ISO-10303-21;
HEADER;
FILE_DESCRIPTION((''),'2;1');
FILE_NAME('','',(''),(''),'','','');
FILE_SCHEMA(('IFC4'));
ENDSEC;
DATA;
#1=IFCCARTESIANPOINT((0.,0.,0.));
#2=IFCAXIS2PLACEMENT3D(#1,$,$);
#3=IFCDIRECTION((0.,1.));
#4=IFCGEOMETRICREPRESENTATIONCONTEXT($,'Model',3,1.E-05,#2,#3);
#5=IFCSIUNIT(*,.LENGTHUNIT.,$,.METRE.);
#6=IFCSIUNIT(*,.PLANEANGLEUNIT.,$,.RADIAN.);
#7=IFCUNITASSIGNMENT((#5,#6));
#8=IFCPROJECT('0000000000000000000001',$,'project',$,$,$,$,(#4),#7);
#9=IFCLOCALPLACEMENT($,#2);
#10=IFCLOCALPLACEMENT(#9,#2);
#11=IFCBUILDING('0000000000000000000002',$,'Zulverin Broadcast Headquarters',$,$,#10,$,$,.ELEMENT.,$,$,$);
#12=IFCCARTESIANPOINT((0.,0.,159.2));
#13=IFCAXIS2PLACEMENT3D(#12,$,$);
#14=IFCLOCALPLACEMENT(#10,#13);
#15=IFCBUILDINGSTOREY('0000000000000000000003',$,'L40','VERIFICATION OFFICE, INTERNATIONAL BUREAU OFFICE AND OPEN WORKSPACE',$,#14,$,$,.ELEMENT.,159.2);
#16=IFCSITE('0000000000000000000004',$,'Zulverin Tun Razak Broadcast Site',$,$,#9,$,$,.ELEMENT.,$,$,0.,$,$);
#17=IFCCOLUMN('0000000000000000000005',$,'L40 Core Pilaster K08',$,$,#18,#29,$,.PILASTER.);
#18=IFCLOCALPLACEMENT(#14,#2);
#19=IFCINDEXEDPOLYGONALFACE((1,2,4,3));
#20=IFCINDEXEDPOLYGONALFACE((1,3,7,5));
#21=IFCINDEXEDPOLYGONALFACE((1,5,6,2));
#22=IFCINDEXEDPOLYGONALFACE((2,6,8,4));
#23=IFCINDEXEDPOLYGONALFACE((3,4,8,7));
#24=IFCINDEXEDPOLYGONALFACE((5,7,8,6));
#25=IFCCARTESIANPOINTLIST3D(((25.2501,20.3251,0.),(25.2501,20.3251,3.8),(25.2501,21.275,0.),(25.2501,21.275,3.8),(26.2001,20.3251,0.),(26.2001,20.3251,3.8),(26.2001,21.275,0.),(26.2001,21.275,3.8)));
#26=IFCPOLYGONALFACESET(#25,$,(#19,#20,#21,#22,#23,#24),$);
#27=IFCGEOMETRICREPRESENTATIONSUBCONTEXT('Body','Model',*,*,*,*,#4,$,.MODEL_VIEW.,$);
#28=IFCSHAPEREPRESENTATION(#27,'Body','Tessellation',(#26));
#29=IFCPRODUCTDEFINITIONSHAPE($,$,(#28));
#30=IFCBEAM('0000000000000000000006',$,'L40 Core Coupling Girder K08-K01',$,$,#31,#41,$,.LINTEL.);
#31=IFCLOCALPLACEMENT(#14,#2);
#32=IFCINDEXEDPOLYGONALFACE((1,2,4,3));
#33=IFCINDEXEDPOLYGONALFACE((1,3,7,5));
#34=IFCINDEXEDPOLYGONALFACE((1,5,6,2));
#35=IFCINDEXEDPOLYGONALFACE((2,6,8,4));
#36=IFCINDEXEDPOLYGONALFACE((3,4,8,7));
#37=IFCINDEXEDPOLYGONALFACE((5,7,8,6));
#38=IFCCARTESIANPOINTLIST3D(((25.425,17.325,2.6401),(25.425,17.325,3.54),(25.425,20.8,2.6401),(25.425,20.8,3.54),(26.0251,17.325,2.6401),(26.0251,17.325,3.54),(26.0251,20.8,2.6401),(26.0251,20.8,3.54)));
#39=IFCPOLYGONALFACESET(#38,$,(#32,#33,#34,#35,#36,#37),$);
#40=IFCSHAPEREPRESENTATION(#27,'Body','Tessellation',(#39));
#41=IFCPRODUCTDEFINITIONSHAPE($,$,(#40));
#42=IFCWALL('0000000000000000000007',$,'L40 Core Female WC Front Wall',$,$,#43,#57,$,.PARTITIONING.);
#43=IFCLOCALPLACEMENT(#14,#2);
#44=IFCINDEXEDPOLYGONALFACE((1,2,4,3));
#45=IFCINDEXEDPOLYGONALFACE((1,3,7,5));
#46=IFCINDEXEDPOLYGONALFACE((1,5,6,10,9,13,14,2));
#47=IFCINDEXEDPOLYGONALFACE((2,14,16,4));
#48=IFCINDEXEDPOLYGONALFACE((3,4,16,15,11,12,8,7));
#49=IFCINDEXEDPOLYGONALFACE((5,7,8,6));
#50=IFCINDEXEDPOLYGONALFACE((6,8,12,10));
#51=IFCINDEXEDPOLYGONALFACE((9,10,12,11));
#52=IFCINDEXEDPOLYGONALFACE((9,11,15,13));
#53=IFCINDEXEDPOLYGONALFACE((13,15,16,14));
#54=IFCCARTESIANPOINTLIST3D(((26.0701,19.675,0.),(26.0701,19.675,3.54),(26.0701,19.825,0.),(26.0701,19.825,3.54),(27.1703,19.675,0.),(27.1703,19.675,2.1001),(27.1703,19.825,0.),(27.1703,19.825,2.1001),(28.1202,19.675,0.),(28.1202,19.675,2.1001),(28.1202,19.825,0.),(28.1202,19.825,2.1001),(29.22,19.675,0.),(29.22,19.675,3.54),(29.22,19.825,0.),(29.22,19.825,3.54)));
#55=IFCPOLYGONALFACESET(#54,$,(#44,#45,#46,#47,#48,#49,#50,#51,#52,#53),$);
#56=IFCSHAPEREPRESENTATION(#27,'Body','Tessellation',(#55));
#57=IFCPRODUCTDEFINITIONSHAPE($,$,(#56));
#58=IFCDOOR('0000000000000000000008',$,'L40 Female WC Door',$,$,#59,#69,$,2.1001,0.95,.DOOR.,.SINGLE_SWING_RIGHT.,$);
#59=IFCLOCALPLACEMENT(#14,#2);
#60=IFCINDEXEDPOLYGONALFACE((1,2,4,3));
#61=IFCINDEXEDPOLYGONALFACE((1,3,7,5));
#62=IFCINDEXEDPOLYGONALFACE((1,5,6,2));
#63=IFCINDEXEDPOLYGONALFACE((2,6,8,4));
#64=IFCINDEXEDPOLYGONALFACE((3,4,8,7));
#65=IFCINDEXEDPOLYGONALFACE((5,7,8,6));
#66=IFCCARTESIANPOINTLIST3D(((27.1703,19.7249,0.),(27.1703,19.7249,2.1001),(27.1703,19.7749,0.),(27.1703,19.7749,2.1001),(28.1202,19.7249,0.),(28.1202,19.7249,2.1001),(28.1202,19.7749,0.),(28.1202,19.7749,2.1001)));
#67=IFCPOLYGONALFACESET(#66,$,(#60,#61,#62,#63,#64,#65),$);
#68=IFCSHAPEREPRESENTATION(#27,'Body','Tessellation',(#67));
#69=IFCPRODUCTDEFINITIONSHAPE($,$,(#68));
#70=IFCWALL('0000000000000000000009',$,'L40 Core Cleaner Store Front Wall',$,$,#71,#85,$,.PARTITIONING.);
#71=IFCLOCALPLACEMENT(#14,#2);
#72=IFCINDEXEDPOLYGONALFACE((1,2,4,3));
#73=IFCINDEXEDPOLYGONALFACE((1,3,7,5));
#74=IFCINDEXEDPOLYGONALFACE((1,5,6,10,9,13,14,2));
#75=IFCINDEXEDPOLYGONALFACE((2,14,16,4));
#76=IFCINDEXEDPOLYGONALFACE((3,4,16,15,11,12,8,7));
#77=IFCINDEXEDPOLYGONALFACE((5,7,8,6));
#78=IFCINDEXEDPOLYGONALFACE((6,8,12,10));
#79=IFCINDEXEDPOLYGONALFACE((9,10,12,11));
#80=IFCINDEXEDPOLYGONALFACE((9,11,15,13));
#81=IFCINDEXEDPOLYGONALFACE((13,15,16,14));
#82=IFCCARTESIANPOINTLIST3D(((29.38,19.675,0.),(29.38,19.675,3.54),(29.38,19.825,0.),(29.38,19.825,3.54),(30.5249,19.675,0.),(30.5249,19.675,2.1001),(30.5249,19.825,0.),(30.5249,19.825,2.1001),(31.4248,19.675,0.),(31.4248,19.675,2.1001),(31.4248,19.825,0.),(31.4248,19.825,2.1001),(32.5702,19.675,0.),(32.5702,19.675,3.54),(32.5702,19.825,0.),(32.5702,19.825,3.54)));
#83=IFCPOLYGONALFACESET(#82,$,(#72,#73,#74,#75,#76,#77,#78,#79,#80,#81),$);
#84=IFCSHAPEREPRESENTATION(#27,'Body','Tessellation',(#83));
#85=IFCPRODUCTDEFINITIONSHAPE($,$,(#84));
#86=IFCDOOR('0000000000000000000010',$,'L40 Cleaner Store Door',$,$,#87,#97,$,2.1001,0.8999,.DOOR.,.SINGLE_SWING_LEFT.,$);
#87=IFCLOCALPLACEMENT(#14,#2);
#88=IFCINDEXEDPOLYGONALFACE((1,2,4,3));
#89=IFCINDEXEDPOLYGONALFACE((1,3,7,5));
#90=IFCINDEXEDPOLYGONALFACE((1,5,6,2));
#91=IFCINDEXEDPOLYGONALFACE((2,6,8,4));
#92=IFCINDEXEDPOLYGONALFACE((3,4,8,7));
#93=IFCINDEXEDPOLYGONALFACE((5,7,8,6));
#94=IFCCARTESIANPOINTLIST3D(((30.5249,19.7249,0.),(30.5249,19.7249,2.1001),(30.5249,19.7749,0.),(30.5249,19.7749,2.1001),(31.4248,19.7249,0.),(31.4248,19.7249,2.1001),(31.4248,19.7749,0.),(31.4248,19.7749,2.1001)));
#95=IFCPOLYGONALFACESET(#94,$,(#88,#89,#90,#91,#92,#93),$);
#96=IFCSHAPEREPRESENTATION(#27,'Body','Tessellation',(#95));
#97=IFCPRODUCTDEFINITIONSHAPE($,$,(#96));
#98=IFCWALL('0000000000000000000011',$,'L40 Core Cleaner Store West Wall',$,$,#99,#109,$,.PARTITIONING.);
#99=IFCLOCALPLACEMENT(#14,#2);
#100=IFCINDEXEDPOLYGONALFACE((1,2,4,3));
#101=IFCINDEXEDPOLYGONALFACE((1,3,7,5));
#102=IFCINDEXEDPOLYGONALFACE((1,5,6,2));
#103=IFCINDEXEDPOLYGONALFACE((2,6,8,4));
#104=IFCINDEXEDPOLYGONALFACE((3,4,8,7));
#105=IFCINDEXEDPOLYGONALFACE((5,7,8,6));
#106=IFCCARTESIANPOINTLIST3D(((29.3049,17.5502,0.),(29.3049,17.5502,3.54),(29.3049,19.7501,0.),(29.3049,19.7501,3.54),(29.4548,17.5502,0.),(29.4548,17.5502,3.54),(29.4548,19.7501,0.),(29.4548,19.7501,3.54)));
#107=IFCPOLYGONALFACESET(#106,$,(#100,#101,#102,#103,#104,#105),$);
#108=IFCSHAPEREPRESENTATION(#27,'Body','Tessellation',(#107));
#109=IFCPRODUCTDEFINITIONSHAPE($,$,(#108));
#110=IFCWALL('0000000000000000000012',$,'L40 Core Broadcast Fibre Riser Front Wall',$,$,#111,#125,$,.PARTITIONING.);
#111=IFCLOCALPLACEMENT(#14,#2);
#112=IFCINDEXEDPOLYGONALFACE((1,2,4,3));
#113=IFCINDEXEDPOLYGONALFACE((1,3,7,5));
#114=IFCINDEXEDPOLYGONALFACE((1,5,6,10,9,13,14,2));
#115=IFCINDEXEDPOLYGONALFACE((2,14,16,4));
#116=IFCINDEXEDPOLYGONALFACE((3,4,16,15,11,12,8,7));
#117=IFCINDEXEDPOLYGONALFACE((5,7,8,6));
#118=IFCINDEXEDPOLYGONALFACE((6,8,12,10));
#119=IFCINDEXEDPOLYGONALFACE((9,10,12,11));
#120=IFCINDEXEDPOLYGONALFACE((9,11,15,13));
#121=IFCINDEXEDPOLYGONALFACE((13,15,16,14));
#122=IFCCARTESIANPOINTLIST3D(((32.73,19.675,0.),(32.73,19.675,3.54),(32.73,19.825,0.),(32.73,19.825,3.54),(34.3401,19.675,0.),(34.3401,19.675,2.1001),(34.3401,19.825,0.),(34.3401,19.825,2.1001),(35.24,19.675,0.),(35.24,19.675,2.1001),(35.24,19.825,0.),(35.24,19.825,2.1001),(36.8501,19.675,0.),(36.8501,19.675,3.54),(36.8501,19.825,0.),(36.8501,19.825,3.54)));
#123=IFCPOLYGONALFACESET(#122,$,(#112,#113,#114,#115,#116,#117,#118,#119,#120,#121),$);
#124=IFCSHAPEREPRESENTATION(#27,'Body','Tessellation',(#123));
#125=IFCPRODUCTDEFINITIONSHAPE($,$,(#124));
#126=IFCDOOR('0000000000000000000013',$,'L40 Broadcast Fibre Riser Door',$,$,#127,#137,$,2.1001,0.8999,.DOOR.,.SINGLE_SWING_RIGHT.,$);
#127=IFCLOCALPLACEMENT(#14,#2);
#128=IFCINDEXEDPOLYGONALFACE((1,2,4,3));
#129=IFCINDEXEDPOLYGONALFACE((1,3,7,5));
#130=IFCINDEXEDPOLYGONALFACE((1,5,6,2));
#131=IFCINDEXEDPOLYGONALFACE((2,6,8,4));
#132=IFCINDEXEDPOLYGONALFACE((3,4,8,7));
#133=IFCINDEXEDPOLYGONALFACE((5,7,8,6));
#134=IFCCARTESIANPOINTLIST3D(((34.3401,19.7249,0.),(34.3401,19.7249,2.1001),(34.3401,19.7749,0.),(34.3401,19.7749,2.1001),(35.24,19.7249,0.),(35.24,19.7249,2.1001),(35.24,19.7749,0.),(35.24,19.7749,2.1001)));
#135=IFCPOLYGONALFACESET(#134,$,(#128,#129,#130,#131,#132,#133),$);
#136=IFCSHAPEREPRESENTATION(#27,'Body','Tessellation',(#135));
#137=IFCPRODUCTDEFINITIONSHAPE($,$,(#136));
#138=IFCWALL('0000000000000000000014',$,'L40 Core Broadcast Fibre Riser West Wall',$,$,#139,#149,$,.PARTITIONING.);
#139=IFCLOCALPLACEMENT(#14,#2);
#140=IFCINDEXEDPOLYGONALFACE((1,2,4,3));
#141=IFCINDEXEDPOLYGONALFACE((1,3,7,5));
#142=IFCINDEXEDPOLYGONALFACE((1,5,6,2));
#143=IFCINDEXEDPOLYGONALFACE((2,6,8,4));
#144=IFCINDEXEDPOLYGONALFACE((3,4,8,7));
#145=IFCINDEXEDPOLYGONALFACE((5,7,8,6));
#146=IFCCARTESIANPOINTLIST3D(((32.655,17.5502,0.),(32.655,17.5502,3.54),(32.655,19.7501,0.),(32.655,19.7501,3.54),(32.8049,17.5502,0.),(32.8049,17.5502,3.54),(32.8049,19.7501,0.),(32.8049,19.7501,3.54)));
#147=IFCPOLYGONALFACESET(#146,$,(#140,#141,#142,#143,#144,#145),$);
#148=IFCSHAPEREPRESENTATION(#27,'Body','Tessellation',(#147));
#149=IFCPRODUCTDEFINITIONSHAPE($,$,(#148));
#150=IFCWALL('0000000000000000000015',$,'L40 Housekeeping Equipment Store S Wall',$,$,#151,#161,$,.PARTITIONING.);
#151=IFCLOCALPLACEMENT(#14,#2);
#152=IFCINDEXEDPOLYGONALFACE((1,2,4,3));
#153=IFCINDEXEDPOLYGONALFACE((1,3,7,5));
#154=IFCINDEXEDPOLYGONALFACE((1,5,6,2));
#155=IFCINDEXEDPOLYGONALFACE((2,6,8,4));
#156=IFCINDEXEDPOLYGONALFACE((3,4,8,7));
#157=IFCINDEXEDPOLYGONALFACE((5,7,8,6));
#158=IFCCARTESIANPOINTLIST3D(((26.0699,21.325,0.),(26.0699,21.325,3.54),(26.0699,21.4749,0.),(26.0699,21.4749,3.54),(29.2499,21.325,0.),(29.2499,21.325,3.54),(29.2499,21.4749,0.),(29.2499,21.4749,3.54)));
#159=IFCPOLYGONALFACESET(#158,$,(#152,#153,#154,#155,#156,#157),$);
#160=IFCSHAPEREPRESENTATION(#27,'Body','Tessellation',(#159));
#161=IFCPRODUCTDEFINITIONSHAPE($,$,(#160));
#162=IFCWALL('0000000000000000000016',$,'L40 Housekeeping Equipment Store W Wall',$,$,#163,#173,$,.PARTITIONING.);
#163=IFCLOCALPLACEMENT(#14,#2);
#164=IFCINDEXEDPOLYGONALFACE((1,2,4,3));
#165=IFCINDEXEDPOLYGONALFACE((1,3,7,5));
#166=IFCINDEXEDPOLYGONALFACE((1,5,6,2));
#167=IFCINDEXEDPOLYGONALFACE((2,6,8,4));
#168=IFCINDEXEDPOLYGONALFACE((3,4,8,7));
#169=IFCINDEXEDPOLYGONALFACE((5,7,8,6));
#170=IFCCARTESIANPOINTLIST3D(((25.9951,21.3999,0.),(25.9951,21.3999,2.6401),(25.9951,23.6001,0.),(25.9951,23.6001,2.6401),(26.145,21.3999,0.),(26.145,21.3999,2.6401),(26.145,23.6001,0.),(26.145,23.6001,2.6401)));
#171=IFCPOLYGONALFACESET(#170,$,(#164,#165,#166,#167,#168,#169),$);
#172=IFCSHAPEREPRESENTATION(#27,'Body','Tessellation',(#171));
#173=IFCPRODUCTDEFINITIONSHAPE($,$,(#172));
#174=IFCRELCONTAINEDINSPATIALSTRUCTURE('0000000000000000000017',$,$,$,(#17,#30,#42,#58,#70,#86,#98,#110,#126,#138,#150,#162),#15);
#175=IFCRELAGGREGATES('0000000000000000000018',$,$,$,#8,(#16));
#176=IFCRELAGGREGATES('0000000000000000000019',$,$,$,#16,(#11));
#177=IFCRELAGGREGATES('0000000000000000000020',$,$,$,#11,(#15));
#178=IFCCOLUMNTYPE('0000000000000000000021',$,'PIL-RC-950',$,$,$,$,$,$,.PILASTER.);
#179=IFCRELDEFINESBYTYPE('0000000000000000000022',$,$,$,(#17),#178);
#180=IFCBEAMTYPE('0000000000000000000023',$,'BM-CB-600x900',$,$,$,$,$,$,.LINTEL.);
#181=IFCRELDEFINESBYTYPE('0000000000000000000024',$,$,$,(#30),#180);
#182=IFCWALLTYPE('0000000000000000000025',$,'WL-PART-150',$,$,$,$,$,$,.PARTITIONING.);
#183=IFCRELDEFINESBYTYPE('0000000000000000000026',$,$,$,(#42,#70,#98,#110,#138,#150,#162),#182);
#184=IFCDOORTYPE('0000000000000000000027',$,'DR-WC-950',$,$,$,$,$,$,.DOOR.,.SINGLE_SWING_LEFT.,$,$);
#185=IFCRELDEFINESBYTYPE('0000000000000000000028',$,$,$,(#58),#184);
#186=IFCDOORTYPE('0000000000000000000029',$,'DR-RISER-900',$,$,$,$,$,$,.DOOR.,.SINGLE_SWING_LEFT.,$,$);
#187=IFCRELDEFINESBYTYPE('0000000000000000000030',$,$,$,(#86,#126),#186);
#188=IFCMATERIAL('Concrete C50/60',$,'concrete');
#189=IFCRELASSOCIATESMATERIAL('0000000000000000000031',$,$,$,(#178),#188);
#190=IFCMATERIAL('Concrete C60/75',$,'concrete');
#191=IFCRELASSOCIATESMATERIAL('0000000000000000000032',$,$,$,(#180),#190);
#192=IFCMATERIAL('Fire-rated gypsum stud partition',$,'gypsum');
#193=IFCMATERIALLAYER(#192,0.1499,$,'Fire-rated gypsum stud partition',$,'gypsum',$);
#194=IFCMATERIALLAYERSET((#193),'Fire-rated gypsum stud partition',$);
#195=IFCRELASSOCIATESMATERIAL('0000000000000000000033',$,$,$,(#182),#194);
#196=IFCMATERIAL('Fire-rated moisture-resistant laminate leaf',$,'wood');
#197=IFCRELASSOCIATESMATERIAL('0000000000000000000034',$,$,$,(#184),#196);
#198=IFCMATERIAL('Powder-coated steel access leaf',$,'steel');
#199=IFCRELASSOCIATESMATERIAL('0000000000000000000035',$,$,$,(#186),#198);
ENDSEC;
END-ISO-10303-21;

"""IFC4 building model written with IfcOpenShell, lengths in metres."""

from ifc_helpers import new_model, si_unit, direction, frame, frame_2d, origin, origin_2d, place, context, subcontext, project, spatial, rectangle, extrude, material, layer, layer_set, material_profile, profile_set, type_object, element, fill, save


model = new_model("IFC4")

# Units and contexts
model_context = context("Model", 3, precision=1e-05, world=origin(), true_north=direction((0.0, 1.0)))
body_context = subcontext(model_context, "Body", "Model", "MODEL_VIEW")
ifc_project = project(units=[si_unit("LENGTHUNIT", "METRE"), si_unit("PLANEANGLEUNIT", "RADIAN")], contexts=[model_context])

# Site, building, storey
site_placement = place(None, origin())
site = spatial("IfcSite", under=ifc_project, at=site_placement, Name="Zulverin Tun Razak Broadcast Site", CompositionType="ELEMENT", RefElevation=0.0)
building_placement = place(site_placement, origin())
building = spatial("IfcBuilding", under=site, at=building_placement, Name="Zulverin Broadcast Headquarters", CompositionType="ELEMENT")
storey_placement = place(building_placement, frame((0.0, 0.0, 159.2)))
storey = spatial("IfcBuildingStorey", under=building, at=storey_placement, Name="L40", Description="VERIFICATION OFFICE, INTERNATIONAL BUREAU OFFICE AND OPEN WORKSPACE", CompositionType="ELEMENT", Elevation=159.2)

# Column
ifc_material_1 = material(Name="Concrete C50/60", Category="concrete")
ifc_material_profile_1 = material_profile(ifc_material_1, rectangle(XDim=0.95, YDim=0.95, at=origin_2d()), Name="Concrete C50/60", Category="concrete")
ifc_profile_set_1 = profile_set([ifc_material_profile_1], Name="Concrete C50/60")
column_type = type_object("IfcColumnType", Name="PIL-RC-950", PredefinedType="PILASTER", material=ifc_profile_set_1)
column_placement = place(storey_placement, frame((25.7251, 20.8, 0.0), z_axis=(0.0, 0.0, 1.0), x_axis=(1.0, 0.0, 0.0)))
element("IfcColumn", 1, at=column_placement, inside=storey, type_object=column_type, Name="L40 Core Pilaster K08", PredefinedType="PILASTER", context=body_context, shape_type="SweptSolid", body=[
    extrude(rectangle(XDim=0.95, YDim=0.95, at=origin_2d()), origin(), (0.0, 0.0, 1.0), 3.8),
])

# Beam
ifc_material_2 = material(Name="Concrete C60/75", Category="concrete")
ifc_material_profile_2 = material_profile(ifc_material_2, rectangle(XDim=0.6001, YDim=0.8999, at=origin_2d()), Name="Concrete C60/75", Category="concrete")
ifc_profile_set_2 = profile_set([ifc_material_profile_2], Name="Concrete C60/75")
beam_type = type_object("IfcBeamType", Name="BM-CB-600x900", PredefinedType="LINTEL", material=ifc_profile_set_2)
beam_placement = place(storey_placement, frame((25.7251, 20.8, 3.0901), z_axis=(0.0, -1.0, 0.0), x_axis=(1.0, 0.0, 0.0)))
element("IfcBeam", 2, at=beam_placement, inside=storey, type_object=beam_type, Name="L40 Core Coupling Girder K08-K01", PredefinedType="LINTEL", context=body_context, shape_type="SweptSolid", body=[
    extrude(rectangle(XDim=0.6001, YDim=0.8999, at=origin_2d()), origin(), (0.0, 0.0, 1.0), 3.4751),
])

# Walls, openings, doors
ifc_material_3 = material(Name="Fire-rated gypsum stud partition", Category="gypsum")
ifc_layer_1 = layer(ifc_material_3, 0.1499, Name="Fire-rated gypsum stud partition", Category="gypsum")
ifc_layer_set_1 = layer_set([ifc_layer_1], Name="Fire-rated gypsum stud partition")
wall_type_1 = type_object("IfcWallType", Name="WL-PART-150", PredefinedType="PARTITIONING", material=ifc_layer_set_1)
wall_1_placement = place(storey_placement, frame((26.0701, 19.75, 0.0), z_axis=(0.0, 0.0, 1.0), x_axis=(1.0, 0.0, 0.0)))
wall_1 = element("IfcWall", 3, at=wall_1_placement, inside=storey, type_object=wall_type_1, Name="L40 Core Female WC Front Wall", PredefinedType="PARTITIONING", context=body_context, shape_type="SweptSolid", body=[
    extrude(rectangle(XDim=3.1499, YDim=0.1499, at=frame_2d((1.575, 0.0))), origin(), (0.0, 0.0, 1.0), 3.54),
])
opening_1_placement = place(wall_1_placement, frame((1.1001, 0.0, 0.0)))
opening_1 = element("IfcOpeningElement", 4, at=opening_1_placement, cuts=wall_1, PredefinedType="OPENING", context=body_context, shape_type="SweptSolid", body=[
    extrude(rectangle(XDim=0.95, YDim=2.1001, at=frame_2d((0.4751, 1.05))), frame((0.0, 0.085, 0.0), z_axis=(0.0, -1.0, 0.0), x_axis=(1.0, 0.0, 0.0)), (0.0, 0.0, 1.0), 0.1699),
])
ifc_material_4 = material(Name="Fire-rated moisture-resistant laminate leaf", Category="wood")
door_type_1 = type_object("IfcDoorType", Name="DR-WC-950", OperationType="SINGLE_SWING_LEFT", PredefinedType="DOOR", material=ifc_material_4)
door_1_placement = place(opening_1_placement, origin())
door_1 = element("IfcDoor", 5, at=door_1_placement, inside=storey, type_object=door_type_1, Name="L40 Female WC Door", OperationType="SINGLE_SWING_RIGHT", OverallHeight=2.1001, OverallWidth=0.95, PredefinedType="DOOR", context=body_context, shape_type="SweptSolid", body=[
    extrude(rectangle(XDim=0.95, YDim=2.1001, at=frame_2d((0.4751, 1.05))), frame((0.0, 0.0249, 0.0), z_axis=(0.0, -1.0, 0.0), x_axis=(1.0, 0.0, 0.0)), (0.0, 0.0, 1.0), 0.05),
])
fill(opening_1, door_1)
wall_2_placement = place(storey_placement, frame((29.3799, 19.75, 0.0), z_axis=(0.0, 0.0, 1.0), x_axis=(1.0, 0.0, 0.0)))
wall_2 = element("IfcWall", 6, at=wall_2_placement, inside=storey, type_object=wall_type_1, Name="L40 Core Cleaner Store Front Wall", PredefinedType="PARTITIONING", context=body_context, shape_type="SweptSolid", body=[
    extrude(rectangle(XDim=3.1902, YDim=0.1499, at=frame_2d((1.5952, 0.0))), origin(), (0.0, 0.0, 1.0), 3.54),
])
opening_2_placement = place(wall_2_placement, frame((1.145, 0.0, 0.0)))
opening_2 = element("IfcOpeningElement", 7, at=opening_2_placement, cuts=wall_2, PredefinedType="OPENING", context=body_context, shape_type="SweptSolid", body=[
    extrude(rectangle(XDim=0.8999, YDim=2.1001, at=frame_2d((0.45, 1.05))), frame((0.0, 0.085, 0.0), z_axis=(0.0, -1.0, 0.0), x_axis=(1.0, 0.0, 0.0)), (0.0, 0.0, 1.0), 0.1699),
])
ifc_material_5 = material(Name="Powder-coated steel access leaf", Category="steel")
door_type_2 = type_object("IfcDoorType", Name="DR-RISER-900", OperationType="SINGLE_SWING_LEFT", PredefinedType="DOOR", material=ifc_material_5)
door_2_placement = place(opening_2_placement, origin())
door_2 = element("IfcDoor", 8, at=door_2_placement, inside=storey, type_object=door_type_2, Name="L40 Cleaner Store Door", OperationType="SINGLE_SWING_LEFT", OverallHeight=2.1001, OverallWidth=0.8999, PredefinedType="DOOR", context=body_context, shape_type="SweptSolid", body=[
    extrude(rectangle(XDim=0.8999, YDim=2.1001, at=frame_2d((0.45, 1.05))), frame((0.0, 0.0249, 0.0), z_axis=(0.0, -1.0, 0.0), x_axis=(1.0, 0.0, 0.0)), (0.0, 0.0, 1.0), 0.05),
])
fill(opening_2, door_2)

# Wall
wall_3_placement = place(storey_placement, frame((29.3799, 17.55, 0.0), z_axis=(0.0, 0.0, 1.0), x_axis=(0.0, 1.0, 0.0)))
element("IfcWall", 9, at=wall_3_placement, inside=storey, type_object=wall_type_1, Name="L40 Core Cleaner Store West Wall", PredefinedType="PARTITIONING", context=body_context, shape_type="SweptSolid", body=[
    extrude(rectangle(XDim=2.2, YDim=0.1499, at=frame_2d((1.1001, 0.0))), origin(), (0.0, 0.0, 1.0), 3.54),
])

# Wall, opening, door
wall_4_placement = place(storey_placement, frame((32.73, 19.75, 0.0), z_axis=(0.0, 0.0, 1.0), x_axis=(1.0, 0.0, 0.0)))
wall_4 = element("IfcWall", 10, at=wall_4_placement, inside=storey, type_object=wall_type_1, Name="L40 Core Broadcast Fibre Riser Front Wall", PredefinedType="PARTITIONING", context=body_context, shape_type="SweptSolid", body=[
    extrude(rectangle(XDim=4.1201, YDim=0.1499, at=frame_2d((2.0601, 0.0))), origin(), (0.0, 0.0, 1.0), 3.54),
])
opening_3_placement = place(wall_4_placement, frame((1.6101, 0.0, 0.0)))
opening_3 = element("IfcOpeningElement", 11, at=opening_3_placement, cuts=wall_4, PredefinedType="OPENING", context=body_context, shape_type="SweptSolid", body=[
    extrude(rectangle(XDim=0.8999, YDim=2.1001, at=frame_2d((0.45, 1.05))), frame((0.0, 0.085, 0.0), z_axis=(0.0, -1.0, 0.0), x_axis=(1.0, 0.0, 0.0)), (0.0, 0.0, 1.0), 0.1699),
])
door_3_placement = place(opening_3_placement, origin())
door_3 = element("IfcDoor", 12, at=door_3_placement, inside=storey, type_object=door_type_2, Name="L40 Broadcast Fibre Riser Door", OperationType="SINGLE_SWING_RIGHT", OverallHeight=2.1001, OverallWidth=0.8999, PredefinedType="DOOR", context=body_context, shape_type="SweptSolid", body=[
    extrude(rectangle(XDim=0.8999, YDim=2.1001, at=frame_2d((0.45, 1.05))), frame((0.0, 0.0249, 0.0), z_axis=(0.0, -1.0, 0.0), x_axis=(1.0, 0.0, 0.0)), (0.0, 0.0, 1.0), 0.05),
])
fill(opening_3, door_3)

# Walls
wall_5_placement = place(storey_placement, frame((32.73, 17.55, 0.0), z_axis=(0.0, 0.0, 1.0), x_axis=(0.0, 1.0, 0.0)))
element("IfcWall", 13, at=wall_5_placement, inside=storey, type_object=wall_type_1, Name="L40 Core Broadcast Fibre Riser West Wall", PredefinedType="PARTITIONING", context=body_context, shape_type="SweptSolid", body=[
    extrude(rectangle(XDim=2.2, YDim=0.1499, at=frame_2d((1.1001, 0.0))), origin(), (0.0, 0.0, 1.0), 3.54),
])
wall_6_placement = place(storey_placement, frame((26.0701, 21.3999, 0.0), z_axis=(0.0, 0.0, 1.0), x_axis=(1.0, 0.0, 0.0)))
element("IfcWall", 14, at=wall_6_placement, inside=storey, type_object=wall_type_1, Name="L40 Housekeeping Equipment Store S Wall", PredefinedType="PARTITIONING", context=body_context, shape_type="SweptSolid", body=[
    extrude(rectangle(XDim=3.1799, YDim=0.1499, at=frame_2d((1.5898, 0.0))), origin(), (0.0, 0.0, 1.0), 3.54),
])
wall_7_placement = place(storey_placement, frame((26.0701, 21.3999, 0.0), z_axis=(0.0, 0.0, 1.0), x_axis=(0.0, 1.0, 0.0)))
element("IfcWall", 15, at=wall_7_placement, inside=storey, type_object=wall_type_1, Name="L40 Housekeeping Equipment Store W Wall", PredefinedType="PARTITIONING", context=body_context, shape_type="SweptSolid", body=[
    extrude(rectangle(XDim=2.2002, YDim=0.1499, at=frame_2d((1.1001, 0.0))), origin(), (0.0, 0.0, 1.0), 2.6401),
])

save(model, "model.ifc")
